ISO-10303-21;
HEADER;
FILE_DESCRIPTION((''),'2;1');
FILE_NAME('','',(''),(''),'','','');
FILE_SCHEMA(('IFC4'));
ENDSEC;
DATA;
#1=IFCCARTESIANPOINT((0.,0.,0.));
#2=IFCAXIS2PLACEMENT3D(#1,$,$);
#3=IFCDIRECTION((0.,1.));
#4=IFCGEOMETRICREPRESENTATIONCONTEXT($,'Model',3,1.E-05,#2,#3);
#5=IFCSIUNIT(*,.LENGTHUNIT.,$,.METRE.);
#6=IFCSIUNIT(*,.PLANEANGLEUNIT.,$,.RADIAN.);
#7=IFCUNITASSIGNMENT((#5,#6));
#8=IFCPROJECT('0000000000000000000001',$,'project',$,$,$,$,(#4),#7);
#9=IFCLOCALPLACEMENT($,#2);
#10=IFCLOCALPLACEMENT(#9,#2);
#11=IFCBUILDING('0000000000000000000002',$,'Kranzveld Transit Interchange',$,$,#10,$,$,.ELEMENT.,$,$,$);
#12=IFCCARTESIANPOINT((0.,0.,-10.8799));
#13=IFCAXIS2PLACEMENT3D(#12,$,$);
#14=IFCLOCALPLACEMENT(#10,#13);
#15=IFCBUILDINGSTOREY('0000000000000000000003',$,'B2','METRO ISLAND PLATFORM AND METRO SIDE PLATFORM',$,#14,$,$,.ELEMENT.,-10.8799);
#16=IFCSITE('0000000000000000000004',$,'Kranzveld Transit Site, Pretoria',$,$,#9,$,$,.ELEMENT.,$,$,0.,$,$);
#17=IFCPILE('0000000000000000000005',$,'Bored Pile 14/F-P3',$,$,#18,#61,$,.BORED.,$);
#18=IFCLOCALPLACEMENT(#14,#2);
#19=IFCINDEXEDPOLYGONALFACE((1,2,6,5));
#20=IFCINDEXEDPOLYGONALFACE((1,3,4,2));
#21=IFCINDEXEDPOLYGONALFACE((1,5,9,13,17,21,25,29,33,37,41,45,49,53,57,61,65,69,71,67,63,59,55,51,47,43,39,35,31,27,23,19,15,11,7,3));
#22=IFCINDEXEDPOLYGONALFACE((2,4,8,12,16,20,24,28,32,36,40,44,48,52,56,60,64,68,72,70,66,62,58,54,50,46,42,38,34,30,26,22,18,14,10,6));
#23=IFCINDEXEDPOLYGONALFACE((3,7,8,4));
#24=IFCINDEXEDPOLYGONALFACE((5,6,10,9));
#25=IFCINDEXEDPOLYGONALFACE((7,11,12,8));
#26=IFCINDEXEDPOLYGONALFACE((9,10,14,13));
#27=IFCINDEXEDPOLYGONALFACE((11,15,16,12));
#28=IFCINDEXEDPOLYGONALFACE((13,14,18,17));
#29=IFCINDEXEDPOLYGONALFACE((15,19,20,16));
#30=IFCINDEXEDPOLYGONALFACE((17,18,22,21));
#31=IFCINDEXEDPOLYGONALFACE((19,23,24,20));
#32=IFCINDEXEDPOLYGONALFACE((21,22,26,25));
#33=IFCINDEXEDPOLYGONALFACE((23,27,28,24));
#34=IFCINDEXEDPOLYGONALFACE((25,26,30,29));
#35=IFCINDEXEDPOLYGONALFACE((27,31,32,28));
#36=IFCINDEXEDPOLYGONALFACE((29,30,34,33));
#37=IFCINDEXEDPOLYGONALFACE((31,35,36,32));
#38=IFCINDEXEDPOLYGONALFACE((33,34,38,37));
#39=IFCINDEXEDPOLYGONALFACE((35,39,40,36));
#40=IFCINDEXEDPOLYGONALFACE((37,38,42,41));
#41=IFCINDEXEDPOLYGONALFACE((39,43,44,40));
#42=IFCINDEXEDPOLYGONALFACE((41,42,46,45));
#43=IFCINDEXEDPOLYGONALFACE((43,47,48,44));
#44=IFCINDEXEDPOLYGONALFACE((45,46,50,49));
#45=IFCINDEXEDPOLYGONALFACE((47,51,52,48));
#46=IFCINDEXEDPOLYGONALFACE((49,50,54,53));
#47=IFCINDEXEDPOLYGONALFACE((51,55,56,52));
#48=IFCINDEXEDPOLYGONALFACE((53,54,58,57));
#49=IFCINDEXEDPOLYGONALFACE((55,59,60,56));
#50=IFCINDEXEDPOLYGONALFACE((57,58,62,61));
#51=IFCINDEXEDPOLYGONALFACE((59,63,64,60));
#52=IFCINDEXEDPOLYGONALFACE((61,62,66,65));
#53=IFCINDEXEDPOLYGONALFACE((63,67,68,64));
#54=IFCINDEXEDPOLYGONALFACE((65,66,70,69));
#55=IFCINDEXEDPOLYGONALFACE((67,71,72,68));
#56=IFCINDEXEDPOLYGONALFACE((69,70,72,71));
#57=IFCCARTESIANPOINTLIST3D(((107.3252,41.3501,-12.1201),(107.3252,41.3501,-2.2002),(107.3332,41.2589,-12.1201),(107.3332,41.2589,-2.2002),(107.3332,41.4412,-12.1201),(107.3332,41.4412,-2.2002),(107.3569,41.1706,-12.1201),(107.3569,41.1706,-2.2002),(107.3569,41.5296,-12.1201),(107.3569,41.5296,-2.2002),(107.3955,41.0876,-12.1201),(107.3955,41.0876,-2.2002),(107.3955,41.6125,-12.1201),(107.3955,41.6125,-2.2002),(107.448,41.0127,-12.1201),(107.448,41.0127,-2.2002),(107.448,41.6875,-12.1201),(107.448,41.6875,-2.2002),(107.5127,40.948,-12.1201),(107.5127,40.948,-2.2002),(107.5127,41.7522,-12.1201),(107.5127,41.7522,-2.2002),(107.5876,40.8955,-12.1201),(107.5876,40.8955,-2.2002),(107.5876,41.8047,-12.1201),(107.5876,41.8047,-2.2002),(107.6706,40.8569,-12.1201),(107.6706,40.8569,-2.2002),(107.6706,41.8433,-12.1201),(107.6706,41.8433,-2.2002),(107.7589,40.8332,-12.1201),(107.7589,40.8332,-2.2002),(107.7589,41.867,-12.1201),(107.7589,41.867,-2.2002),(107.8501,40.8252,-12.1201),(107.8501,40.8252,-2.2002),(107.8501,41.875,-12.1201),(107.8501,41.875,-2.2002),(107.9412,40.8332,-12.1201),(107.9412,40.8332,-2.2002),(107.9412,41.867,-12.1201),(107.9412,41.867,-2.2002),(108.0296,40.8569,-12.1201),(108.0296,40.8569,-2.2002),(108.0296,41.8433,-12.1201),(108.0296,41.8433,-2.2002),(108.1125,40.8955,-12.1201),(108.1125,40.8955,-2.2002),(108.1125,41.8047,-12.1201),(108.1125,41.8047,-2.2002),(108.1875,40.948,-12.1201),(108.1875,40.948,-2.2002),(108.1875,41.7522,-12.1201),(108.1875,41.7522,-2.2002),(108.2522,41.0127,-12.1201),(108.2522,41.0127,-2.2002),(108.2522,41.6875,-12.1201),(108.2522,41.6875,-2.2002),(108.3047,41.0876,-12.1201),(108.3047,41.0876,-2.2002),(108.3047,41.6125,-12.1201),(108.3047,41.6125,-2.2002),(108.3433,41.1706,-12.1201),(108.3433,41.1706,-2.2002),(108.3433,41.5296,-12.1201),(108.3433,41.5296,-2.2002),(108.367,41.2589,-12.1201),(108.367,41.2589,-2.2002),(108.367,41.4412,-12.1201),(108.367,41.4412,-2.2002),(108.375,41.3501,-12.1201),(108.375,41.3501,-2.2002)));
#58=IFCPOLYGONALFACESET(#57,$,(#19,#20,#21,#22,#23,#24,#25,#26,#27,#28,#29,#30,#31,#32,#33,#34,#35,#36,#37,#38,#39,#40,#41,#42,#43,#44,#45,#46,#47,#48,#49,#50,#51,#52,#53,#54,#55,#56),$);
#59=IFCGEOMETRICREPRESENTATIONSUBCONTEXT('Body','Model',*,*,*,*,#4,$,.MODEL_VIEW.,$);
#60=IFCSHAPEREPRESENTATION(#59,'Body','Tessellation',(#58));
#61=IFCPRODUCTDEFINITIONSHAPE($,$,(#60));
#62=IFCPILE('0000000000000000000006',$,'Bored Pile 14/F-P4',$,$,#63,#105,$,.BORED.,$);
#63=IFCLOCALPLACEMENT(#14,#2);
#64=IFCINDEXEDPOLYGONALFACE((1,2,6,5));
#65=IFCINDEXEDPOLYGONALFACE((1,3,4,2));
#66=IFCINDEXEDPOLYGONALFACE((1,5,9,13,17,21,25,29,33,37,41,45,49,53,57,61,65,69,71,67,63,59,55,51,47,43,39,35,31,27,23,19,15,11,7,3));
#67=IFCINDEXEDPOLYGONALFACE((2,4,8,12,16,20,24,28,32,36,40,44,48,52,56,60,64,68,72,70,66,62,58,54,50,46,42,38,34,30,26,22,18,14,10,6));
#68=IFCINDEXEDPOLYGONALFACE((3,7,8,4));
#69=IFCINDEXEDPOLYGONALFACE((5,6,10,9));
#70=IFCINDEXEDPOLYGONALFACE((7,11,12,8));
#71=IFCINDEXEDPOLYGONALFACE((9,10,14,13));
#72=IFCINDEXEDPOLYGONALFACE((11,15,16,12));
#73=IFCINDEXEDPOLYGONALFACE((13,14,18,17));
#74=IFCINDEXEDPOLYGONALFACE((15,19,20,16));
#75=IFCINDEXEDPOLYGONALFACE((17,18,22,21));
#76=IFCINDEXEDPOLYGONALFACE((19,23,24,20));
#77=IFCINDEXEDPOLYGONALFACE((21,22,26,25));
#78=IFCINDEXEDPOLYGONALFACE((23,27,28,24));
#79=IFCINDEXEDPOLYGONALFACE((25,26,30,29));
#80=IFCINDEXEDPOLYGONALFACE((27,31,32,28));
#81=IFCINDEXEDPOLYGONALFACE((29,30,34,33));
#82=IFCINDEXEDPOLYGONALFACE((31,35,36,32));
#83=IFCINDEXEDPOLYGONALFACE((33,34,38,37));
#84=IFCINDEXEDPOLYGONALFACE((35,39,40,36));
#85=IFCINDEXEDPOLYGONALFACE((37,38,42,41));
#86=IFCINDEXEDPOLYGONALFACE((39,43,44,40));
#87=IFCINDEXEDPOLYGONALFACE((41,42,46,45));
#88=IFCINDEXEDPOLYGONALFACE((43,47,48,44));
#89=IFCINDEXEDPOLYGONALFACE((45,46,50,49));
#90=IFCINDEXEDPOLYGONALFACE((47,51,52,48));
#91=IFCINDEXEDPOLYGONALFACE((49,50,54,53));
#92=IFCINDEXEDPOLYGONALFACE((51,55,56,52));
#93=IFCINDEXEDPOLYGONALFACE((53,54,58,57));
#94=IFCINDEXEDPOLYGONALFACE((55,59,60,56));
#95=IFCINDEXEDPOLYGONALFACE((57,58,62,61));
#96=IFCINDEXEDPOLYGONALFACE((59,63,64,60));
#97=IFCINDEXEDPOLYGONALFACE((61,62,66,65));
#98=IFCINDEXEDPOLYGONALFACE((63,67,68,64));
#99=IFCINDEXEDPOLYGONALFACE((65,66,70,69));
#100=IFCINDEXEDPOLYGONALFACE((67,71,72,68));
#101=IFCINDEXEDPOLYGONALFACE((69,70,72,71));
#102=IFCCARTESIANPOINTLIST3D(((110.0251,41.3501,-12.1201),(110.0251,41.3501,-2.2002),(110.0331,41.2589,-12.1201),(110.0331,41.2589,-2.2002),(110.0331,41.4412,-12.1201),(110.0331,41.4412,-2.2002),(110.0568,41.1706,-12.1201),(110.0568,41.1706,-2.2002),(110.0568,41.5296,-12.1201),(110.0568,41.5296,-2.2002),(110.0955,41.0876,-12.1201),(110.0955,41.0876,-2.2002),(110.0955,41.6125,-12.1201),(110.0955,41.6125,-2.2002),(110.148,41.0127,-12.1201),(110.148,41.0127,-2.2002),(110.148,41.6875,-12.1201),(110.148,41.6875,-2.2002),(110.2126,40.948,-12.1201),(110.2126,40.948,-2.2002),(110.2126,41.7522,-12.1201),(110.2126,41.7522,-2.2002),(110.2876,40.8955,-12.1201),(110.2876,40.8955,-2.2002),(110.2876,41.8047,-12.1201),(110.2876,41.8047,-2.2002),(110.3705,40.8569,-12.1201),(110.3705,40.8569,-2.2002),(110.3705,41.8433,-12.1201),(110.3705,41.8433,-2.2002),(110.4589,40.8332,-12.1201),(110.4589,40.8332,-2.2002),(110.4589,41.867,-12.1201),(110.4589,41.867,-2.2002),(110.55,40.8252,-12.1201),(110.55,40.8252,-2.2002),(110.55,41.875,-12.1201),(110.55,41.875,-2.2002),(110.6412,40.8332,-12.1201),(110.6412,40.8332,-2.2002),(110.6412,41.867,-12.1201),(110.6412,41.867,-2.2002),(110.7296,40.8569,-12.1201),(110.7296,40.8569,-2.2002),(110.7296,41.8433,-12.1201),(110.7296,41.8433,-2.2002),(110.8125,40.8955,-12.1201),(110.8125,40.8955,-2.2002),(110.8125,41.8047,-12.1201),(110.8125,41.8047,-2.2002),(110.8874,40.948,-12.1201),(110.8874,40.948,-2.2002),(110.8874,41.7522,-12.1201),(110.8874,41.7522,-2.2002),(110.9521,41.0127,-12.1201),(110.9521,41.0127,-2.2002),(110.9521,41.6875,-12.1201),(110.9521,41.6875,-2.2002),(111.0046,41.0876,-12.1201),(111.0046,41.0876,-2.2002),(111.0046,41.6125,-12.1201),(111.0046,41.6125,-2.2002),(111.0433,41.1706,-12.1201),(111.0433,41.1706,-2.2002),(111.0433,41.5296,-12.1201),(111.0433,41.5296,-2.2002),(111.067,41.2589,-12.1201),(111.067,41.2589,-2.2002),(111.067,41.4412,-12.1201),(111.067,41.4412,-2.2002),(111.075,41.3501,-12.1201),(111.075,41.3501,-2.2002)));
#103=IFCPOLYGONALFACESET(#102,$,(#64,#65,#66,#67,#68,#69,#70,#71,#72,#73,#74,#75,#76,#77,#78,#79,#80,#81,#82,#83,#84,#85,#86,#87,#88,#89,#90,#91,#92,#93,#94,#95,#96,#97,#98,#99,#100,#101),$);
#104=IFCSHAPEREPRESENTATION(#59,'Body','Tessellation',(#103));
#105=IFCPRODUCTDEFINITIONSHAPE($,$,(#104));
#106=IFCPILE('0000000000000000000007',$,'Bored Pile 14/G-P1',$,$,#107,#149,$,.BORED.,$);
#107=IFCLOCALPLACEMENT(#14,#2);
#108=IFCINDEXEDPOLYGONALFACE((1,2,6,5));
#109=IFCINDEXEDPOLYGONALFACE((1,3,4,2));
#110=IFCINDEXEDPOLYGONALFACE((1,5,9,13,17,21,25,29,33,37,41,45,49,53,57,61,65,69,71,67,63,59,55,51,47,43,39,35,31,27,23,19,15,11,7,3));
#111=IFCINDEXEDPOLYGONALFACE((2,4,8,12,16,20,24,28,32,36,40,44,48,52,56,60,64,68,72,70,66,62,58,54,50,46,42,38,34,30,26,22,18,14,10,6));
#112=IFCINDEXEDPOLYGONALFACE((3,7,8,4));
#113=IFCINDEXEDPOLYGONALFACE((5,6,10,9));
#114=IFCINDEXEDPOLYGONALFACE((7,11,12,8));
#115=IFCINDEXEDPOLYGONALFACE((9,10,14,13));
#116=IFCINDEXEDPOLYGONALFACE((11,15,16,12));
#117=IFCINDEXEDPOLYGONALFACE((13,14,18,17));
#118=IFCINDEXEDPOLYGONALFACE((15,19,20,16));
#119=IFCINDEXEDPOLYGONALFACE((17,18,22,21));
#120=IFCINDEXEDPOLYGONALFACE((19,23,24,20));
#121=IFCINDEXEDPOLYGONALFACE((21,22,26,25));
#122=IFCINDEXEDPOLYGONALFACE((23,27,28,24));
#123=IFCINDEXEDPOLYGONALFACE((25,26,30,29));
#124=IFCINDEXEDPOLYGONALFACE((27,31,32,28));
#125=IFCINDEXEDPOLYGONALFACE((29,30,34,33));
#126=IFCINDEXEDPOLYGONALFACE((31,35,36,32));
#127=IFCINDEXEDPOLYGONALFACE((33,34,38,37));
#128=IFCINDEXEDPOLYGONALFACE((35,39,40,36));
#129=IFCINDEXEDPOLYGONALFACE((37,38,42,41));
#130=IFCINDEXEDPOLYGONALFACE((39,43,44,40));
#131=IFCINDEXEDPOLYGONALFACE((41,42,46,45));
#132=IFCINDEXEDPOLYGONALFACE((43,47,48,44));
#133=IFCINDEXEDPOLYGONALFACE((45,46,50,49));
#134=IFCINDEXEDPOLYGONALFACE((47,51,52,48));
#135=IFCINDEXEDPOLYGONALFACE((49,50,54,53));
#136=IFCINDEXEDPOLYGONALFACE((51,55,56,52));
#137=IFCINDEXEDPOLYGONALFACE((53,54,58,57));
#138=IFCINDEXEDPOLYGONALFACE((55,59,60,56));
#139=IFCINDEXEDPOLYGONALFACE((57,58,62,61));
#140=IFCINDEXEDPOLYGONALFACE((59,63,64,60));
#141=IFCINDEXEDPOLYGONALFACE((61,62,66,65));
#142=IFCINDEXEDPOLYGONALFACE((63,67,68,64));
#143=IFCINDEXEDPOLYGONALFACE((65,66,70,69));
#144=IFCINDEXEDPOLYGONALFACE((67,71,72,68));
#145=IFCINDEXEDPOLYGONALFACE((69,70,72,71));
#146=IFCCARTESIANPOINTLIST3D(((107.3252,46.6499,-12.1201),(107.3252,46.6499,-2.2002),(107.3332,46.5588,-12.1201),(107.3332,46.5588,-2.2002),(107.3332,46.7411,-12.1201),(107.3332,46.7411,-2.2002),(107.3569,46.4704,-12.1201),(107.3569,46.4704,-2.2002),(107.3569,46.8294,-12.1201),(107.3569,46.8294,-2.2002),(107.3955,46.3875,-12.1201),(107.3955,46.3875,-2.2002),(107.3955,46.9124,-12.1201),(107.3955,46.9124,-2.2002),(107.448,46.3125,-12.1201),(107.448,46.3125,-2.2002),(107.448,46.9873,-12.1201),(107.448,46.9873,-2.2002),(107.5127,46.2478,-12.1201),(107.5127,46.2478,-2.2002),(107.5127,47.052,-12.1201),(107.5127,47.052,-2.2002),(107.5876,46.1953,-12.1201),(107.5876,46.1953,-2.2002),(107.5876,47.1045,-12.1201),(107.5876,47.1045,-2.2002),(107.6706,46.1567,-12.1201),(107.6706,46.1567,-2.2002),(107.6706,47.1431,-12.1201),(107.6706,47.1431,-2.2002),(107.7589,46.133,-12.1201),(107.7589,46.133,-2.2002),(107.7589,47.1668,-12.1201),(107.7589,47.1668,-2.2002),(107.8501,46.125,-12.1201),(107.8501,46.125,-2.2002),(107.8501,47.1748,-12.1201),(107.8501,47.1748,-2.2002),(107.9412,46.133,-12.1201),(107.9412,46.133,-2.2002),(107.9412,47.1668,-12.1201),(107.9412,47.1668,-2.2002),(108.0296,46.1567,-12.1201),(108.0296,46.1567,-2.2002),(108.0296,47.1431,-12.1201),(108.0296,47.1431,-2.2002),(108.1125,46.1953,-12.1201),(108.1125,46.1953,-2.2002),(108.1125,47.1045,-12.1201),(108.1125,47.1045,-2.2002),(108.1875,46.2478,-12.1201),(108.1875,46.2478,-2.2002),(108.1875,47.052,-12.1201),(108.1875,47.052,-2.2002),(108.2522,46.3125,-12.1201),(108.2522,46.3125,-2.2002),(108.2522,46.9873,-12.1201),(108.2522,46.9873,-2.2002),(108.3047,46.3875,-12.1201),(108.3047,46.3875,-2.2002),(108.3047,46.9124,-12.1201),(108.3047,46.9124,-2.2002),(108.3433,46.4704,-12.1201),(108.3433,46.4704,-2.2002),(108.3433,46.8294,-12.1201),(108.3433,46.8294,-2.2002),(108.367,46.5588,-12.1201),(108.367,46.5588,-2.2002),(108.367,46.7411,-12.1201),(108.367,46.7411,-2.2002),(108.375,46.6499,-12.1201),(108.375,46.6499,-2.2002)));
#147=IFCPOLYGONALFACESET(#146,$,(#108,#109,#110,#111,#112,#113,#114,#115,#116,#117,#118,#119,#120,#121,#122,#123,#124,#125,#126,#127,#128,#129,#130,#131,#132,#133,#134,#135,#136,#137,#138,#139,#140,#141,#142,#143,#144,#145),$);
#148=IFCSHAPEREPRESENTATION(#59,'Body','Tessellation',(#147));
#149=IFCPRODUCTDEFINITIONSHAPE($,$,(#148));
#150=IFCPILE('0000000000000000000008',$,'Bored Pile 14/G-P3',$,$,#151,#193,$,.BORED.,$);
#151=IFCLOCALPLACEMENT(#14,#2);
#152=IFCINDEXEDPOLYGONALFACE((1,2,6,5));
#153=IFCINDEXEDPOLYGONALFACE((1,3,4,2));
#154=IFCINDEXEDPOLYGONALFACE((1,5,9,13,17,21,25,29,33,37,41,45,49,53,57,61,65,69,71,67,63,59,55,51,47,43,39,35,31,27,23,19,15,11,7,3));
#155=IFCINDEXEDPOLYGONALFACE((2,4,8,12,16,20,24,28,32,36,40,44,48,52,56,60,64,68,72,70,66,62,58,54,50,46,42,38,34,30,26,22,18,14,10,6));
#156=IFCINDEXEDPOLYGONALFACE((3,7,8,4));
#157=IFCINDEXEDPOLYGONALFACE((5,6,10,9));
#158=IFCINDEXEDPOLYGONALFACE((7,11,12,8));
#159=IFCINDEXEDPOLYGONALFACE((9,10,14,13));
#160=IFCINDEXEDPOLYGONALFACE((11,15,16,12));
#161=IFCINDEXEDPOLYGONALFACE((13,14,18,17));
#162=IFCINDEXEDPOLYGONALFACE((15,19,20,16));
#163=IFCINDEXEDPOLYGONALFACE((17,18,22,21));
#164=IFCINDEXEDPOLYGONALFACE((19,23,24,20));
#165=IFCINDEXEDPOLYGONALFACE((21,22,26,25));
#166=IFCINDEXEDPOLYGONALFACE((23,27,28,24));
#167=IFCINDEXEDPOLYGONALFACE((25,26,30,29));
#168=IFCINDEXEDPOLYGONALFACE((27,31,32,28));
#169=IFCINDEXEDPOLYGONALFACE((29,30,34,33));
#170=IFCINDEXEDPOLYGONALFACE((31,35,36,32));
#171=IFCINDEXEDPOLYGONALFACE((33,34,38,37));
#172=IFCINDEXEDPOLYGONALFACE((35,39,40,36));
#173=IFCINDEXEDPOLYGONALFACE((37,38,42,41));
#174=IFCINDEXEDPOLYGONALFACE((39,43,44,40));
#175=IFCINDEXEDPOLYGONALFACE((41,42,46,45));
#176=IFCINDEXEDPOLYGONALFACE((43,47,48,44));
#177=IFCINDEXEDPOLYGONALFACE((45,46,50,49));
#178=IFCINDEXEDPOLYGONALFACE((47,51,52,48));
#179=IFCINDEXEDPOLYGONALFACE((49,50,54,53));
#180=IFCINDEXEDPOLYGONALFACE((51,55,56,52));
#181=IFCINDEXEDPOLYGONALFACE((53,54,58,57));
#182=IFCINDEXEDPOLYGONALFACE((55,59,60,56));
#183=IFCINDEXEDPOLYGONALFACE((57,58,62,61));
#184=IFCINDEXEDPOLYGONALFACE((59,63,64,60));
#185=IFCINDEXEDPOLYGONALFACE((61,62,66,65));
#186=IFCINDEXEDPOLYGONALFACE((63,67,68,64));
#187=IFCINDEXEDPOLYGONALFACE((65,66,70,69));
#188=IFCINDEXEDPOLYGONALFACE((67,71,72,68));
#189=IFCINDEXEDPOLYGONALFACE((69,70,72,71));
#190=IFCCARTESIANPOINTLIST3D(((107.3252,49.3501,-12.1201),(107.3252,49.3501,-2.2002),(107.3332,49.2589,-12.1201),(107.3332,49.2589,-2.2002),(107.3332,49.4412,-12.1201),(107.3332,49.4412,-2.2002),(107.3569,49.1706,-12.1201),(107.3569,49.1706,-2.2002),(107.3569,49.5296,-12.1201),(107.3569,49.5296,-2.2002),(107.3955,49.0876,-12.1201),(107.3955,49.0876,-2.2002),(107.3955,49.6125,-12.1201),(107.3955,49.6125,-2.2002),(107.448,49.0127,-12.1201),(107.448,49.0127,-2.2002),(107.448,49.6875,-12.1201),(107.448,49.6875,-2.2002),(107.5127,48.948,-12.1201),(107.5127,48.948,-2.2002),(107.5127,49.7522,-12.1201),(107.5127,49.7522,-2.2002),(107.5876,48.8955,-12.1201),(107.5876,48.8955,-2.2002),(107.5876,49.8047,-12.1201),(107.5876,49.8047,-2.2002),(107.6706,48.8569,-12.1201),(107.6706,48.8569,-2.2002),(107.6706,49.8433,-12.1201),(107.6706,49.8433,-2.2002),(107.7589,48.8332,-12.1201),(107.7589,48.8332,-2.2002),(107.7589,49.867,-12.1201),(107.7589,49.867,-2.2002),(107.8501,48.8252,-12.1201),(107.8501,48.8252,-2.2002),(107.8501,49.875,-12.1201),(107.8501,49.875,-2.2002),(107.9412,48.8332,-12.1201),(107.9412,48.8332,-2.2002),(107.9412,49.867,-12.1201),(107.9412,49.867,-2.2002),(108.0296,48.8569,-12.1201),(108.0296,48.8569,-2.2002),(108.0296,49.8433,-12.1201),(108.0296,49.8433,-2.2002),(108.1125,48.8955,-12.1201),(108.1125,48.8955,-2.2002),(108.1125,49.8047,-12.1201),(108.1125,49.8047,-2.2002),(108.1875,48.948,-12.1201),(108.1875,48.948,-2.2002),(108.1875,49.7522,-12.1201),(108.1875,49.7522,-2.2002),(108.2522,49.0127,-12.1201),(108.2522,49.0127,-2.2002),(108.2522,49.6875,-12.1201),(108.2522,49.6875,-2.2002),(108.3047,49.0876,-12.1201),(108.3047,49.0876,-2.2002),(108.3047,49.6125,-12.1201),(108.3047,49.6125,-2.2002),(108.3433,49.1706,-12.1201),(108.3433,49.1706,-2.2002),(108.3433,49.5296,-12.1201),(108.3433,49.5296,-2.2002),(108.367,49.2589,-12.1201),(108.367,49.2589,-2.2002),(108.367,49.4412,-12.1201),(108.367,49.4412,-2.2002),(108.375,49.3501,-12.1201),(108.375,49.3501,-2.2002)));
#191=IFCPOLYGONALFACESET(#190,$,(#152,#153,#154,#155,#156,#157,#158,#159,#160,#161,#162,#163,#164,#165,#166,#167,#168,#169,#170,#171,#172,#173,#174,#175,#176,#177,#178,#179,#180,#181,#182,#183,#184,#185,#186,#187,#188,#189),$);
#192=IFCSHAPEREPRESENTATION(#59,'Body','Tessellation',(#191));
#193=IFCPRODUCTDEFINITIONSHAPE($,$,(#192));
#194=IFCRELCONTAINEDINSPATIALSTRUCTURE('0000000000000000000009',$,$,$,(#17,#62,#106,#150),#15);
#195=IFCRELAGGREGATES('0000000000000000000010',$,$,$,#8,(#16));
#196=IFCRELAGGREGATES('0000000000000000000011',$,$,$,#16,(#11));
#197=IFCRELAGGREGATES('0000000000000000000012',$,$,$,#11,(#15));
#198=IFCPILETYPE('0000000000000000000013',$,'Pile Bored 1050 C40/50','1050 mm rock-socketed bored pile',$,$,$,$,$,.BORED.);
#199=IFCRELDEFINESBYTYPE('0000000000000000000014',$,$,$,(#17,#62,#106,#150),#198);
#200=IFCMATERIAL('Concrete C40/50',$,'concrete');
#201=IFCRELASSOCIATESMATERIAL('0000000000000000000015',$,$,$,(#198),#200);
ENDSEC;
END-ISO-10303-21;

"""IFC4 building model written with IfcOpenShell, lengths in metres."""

from ifc_helpers import new_model, si_unit, direction, frame, origin, origin_2d, place, context, subcontext, project, spatial, circle, extrude, material, material_profile, profile_set, type_object, element, save


model = new_model("IFC4")

# Units and contexts
model_context = context("Model", 3, precision=1e-05, world=origin(), true_north=direction((0.0, 1.0)))
body_context = subcontext(model_context, "Body", "Model", "MODEL_VIEW")
ifc_project = project(units=[si_unit("LENGTHUNIT", "METRE"), si_unit("PLANEANGLEUNIT", "RADIAN")], contexts=[model_context])

# Site, building, storey
site_placement = place(None, origin())
site = spatial("IfcSite", under=ifc_project, at=site_placement, Name="Kranzveld Transit Site, Pretoria", CompositionType="ELEMENT", RefElevation=0.0)
building_placement = place(site_placement, origin())
building = spatial("IfcBuilding", under=site, at=building_placement, Name="Kranzveld Transit Interchange", CompositionType="ELEMENT")
storey_placement = place(building_placement, frame((0.0, 0.0, -10.8799)))
storey = spatial("IfcBuildingStorey", under=building, at=storey_placement, Name="B2", Description="METRO ISLAND PLATFORM AND METRO SIDE PLATFORM", CompositionType="ELEMENT", Elevation=-10.8799)

# Piles
ifc_material_1 = material(Name="Concrete C40/50", Category="concrete")
ifc_material_profile_1 = material_profile(ifc_material_1, circle(Radius=0.5249, at=origin_2d()), Name="BORED PILE 1050")
ifc_profile_set_1 = profile_set([ifc_material_profile_1], Name="Concrete C40/50")
pile_type = type_object("IfcPileType", Name="Pile Bored 1050 C40/50", Description="1050 mm rock-socketed bored pile", PredefinedType="BORED", material=ifc_profile_set_1)
for number, where, z_axis, x_axis, name in (
    (1, (107.8501, 41.3501, -2.2002), (0.0, 0.0, -1.0), (1.0, 0.0, 0.0), "Bored Pile 14/F-P3"),
    (2, (110.55, 41.3501, -2.2002), (0.0, 0.0, -1.0), (1.0, 0.0, 0.0), "Bored Pile 14/F-P4"),
    (3, (107.8501, 46.6499, -2.2002), (0.0, 0.0, -1.0), (1.0, 0.0, 0.0), "Bored Pile 14/G-P1"),
    (4, (107.8501, 49.3501, -2.2002), (0.0, 0.0, -1.0), (1.0, 0.0, 0.0), "Bored Pile 14/G-P3"),
):
    element("IfcPile", number, at=place(storey_placement, frame(where, z_axis=z_axis, x_axis=x_axis)), inside=storey, type_object=pile_type, Name=name, PredefinedType="BORED", context=body_context, shape_type="SweptSolid", body=[
        extrude(circle(Radius=0.5249, at=origin_2d()), origin(), (0.0, 0.0, 1.0), 9.9199),
    ])

save(model, "model.ifc")
